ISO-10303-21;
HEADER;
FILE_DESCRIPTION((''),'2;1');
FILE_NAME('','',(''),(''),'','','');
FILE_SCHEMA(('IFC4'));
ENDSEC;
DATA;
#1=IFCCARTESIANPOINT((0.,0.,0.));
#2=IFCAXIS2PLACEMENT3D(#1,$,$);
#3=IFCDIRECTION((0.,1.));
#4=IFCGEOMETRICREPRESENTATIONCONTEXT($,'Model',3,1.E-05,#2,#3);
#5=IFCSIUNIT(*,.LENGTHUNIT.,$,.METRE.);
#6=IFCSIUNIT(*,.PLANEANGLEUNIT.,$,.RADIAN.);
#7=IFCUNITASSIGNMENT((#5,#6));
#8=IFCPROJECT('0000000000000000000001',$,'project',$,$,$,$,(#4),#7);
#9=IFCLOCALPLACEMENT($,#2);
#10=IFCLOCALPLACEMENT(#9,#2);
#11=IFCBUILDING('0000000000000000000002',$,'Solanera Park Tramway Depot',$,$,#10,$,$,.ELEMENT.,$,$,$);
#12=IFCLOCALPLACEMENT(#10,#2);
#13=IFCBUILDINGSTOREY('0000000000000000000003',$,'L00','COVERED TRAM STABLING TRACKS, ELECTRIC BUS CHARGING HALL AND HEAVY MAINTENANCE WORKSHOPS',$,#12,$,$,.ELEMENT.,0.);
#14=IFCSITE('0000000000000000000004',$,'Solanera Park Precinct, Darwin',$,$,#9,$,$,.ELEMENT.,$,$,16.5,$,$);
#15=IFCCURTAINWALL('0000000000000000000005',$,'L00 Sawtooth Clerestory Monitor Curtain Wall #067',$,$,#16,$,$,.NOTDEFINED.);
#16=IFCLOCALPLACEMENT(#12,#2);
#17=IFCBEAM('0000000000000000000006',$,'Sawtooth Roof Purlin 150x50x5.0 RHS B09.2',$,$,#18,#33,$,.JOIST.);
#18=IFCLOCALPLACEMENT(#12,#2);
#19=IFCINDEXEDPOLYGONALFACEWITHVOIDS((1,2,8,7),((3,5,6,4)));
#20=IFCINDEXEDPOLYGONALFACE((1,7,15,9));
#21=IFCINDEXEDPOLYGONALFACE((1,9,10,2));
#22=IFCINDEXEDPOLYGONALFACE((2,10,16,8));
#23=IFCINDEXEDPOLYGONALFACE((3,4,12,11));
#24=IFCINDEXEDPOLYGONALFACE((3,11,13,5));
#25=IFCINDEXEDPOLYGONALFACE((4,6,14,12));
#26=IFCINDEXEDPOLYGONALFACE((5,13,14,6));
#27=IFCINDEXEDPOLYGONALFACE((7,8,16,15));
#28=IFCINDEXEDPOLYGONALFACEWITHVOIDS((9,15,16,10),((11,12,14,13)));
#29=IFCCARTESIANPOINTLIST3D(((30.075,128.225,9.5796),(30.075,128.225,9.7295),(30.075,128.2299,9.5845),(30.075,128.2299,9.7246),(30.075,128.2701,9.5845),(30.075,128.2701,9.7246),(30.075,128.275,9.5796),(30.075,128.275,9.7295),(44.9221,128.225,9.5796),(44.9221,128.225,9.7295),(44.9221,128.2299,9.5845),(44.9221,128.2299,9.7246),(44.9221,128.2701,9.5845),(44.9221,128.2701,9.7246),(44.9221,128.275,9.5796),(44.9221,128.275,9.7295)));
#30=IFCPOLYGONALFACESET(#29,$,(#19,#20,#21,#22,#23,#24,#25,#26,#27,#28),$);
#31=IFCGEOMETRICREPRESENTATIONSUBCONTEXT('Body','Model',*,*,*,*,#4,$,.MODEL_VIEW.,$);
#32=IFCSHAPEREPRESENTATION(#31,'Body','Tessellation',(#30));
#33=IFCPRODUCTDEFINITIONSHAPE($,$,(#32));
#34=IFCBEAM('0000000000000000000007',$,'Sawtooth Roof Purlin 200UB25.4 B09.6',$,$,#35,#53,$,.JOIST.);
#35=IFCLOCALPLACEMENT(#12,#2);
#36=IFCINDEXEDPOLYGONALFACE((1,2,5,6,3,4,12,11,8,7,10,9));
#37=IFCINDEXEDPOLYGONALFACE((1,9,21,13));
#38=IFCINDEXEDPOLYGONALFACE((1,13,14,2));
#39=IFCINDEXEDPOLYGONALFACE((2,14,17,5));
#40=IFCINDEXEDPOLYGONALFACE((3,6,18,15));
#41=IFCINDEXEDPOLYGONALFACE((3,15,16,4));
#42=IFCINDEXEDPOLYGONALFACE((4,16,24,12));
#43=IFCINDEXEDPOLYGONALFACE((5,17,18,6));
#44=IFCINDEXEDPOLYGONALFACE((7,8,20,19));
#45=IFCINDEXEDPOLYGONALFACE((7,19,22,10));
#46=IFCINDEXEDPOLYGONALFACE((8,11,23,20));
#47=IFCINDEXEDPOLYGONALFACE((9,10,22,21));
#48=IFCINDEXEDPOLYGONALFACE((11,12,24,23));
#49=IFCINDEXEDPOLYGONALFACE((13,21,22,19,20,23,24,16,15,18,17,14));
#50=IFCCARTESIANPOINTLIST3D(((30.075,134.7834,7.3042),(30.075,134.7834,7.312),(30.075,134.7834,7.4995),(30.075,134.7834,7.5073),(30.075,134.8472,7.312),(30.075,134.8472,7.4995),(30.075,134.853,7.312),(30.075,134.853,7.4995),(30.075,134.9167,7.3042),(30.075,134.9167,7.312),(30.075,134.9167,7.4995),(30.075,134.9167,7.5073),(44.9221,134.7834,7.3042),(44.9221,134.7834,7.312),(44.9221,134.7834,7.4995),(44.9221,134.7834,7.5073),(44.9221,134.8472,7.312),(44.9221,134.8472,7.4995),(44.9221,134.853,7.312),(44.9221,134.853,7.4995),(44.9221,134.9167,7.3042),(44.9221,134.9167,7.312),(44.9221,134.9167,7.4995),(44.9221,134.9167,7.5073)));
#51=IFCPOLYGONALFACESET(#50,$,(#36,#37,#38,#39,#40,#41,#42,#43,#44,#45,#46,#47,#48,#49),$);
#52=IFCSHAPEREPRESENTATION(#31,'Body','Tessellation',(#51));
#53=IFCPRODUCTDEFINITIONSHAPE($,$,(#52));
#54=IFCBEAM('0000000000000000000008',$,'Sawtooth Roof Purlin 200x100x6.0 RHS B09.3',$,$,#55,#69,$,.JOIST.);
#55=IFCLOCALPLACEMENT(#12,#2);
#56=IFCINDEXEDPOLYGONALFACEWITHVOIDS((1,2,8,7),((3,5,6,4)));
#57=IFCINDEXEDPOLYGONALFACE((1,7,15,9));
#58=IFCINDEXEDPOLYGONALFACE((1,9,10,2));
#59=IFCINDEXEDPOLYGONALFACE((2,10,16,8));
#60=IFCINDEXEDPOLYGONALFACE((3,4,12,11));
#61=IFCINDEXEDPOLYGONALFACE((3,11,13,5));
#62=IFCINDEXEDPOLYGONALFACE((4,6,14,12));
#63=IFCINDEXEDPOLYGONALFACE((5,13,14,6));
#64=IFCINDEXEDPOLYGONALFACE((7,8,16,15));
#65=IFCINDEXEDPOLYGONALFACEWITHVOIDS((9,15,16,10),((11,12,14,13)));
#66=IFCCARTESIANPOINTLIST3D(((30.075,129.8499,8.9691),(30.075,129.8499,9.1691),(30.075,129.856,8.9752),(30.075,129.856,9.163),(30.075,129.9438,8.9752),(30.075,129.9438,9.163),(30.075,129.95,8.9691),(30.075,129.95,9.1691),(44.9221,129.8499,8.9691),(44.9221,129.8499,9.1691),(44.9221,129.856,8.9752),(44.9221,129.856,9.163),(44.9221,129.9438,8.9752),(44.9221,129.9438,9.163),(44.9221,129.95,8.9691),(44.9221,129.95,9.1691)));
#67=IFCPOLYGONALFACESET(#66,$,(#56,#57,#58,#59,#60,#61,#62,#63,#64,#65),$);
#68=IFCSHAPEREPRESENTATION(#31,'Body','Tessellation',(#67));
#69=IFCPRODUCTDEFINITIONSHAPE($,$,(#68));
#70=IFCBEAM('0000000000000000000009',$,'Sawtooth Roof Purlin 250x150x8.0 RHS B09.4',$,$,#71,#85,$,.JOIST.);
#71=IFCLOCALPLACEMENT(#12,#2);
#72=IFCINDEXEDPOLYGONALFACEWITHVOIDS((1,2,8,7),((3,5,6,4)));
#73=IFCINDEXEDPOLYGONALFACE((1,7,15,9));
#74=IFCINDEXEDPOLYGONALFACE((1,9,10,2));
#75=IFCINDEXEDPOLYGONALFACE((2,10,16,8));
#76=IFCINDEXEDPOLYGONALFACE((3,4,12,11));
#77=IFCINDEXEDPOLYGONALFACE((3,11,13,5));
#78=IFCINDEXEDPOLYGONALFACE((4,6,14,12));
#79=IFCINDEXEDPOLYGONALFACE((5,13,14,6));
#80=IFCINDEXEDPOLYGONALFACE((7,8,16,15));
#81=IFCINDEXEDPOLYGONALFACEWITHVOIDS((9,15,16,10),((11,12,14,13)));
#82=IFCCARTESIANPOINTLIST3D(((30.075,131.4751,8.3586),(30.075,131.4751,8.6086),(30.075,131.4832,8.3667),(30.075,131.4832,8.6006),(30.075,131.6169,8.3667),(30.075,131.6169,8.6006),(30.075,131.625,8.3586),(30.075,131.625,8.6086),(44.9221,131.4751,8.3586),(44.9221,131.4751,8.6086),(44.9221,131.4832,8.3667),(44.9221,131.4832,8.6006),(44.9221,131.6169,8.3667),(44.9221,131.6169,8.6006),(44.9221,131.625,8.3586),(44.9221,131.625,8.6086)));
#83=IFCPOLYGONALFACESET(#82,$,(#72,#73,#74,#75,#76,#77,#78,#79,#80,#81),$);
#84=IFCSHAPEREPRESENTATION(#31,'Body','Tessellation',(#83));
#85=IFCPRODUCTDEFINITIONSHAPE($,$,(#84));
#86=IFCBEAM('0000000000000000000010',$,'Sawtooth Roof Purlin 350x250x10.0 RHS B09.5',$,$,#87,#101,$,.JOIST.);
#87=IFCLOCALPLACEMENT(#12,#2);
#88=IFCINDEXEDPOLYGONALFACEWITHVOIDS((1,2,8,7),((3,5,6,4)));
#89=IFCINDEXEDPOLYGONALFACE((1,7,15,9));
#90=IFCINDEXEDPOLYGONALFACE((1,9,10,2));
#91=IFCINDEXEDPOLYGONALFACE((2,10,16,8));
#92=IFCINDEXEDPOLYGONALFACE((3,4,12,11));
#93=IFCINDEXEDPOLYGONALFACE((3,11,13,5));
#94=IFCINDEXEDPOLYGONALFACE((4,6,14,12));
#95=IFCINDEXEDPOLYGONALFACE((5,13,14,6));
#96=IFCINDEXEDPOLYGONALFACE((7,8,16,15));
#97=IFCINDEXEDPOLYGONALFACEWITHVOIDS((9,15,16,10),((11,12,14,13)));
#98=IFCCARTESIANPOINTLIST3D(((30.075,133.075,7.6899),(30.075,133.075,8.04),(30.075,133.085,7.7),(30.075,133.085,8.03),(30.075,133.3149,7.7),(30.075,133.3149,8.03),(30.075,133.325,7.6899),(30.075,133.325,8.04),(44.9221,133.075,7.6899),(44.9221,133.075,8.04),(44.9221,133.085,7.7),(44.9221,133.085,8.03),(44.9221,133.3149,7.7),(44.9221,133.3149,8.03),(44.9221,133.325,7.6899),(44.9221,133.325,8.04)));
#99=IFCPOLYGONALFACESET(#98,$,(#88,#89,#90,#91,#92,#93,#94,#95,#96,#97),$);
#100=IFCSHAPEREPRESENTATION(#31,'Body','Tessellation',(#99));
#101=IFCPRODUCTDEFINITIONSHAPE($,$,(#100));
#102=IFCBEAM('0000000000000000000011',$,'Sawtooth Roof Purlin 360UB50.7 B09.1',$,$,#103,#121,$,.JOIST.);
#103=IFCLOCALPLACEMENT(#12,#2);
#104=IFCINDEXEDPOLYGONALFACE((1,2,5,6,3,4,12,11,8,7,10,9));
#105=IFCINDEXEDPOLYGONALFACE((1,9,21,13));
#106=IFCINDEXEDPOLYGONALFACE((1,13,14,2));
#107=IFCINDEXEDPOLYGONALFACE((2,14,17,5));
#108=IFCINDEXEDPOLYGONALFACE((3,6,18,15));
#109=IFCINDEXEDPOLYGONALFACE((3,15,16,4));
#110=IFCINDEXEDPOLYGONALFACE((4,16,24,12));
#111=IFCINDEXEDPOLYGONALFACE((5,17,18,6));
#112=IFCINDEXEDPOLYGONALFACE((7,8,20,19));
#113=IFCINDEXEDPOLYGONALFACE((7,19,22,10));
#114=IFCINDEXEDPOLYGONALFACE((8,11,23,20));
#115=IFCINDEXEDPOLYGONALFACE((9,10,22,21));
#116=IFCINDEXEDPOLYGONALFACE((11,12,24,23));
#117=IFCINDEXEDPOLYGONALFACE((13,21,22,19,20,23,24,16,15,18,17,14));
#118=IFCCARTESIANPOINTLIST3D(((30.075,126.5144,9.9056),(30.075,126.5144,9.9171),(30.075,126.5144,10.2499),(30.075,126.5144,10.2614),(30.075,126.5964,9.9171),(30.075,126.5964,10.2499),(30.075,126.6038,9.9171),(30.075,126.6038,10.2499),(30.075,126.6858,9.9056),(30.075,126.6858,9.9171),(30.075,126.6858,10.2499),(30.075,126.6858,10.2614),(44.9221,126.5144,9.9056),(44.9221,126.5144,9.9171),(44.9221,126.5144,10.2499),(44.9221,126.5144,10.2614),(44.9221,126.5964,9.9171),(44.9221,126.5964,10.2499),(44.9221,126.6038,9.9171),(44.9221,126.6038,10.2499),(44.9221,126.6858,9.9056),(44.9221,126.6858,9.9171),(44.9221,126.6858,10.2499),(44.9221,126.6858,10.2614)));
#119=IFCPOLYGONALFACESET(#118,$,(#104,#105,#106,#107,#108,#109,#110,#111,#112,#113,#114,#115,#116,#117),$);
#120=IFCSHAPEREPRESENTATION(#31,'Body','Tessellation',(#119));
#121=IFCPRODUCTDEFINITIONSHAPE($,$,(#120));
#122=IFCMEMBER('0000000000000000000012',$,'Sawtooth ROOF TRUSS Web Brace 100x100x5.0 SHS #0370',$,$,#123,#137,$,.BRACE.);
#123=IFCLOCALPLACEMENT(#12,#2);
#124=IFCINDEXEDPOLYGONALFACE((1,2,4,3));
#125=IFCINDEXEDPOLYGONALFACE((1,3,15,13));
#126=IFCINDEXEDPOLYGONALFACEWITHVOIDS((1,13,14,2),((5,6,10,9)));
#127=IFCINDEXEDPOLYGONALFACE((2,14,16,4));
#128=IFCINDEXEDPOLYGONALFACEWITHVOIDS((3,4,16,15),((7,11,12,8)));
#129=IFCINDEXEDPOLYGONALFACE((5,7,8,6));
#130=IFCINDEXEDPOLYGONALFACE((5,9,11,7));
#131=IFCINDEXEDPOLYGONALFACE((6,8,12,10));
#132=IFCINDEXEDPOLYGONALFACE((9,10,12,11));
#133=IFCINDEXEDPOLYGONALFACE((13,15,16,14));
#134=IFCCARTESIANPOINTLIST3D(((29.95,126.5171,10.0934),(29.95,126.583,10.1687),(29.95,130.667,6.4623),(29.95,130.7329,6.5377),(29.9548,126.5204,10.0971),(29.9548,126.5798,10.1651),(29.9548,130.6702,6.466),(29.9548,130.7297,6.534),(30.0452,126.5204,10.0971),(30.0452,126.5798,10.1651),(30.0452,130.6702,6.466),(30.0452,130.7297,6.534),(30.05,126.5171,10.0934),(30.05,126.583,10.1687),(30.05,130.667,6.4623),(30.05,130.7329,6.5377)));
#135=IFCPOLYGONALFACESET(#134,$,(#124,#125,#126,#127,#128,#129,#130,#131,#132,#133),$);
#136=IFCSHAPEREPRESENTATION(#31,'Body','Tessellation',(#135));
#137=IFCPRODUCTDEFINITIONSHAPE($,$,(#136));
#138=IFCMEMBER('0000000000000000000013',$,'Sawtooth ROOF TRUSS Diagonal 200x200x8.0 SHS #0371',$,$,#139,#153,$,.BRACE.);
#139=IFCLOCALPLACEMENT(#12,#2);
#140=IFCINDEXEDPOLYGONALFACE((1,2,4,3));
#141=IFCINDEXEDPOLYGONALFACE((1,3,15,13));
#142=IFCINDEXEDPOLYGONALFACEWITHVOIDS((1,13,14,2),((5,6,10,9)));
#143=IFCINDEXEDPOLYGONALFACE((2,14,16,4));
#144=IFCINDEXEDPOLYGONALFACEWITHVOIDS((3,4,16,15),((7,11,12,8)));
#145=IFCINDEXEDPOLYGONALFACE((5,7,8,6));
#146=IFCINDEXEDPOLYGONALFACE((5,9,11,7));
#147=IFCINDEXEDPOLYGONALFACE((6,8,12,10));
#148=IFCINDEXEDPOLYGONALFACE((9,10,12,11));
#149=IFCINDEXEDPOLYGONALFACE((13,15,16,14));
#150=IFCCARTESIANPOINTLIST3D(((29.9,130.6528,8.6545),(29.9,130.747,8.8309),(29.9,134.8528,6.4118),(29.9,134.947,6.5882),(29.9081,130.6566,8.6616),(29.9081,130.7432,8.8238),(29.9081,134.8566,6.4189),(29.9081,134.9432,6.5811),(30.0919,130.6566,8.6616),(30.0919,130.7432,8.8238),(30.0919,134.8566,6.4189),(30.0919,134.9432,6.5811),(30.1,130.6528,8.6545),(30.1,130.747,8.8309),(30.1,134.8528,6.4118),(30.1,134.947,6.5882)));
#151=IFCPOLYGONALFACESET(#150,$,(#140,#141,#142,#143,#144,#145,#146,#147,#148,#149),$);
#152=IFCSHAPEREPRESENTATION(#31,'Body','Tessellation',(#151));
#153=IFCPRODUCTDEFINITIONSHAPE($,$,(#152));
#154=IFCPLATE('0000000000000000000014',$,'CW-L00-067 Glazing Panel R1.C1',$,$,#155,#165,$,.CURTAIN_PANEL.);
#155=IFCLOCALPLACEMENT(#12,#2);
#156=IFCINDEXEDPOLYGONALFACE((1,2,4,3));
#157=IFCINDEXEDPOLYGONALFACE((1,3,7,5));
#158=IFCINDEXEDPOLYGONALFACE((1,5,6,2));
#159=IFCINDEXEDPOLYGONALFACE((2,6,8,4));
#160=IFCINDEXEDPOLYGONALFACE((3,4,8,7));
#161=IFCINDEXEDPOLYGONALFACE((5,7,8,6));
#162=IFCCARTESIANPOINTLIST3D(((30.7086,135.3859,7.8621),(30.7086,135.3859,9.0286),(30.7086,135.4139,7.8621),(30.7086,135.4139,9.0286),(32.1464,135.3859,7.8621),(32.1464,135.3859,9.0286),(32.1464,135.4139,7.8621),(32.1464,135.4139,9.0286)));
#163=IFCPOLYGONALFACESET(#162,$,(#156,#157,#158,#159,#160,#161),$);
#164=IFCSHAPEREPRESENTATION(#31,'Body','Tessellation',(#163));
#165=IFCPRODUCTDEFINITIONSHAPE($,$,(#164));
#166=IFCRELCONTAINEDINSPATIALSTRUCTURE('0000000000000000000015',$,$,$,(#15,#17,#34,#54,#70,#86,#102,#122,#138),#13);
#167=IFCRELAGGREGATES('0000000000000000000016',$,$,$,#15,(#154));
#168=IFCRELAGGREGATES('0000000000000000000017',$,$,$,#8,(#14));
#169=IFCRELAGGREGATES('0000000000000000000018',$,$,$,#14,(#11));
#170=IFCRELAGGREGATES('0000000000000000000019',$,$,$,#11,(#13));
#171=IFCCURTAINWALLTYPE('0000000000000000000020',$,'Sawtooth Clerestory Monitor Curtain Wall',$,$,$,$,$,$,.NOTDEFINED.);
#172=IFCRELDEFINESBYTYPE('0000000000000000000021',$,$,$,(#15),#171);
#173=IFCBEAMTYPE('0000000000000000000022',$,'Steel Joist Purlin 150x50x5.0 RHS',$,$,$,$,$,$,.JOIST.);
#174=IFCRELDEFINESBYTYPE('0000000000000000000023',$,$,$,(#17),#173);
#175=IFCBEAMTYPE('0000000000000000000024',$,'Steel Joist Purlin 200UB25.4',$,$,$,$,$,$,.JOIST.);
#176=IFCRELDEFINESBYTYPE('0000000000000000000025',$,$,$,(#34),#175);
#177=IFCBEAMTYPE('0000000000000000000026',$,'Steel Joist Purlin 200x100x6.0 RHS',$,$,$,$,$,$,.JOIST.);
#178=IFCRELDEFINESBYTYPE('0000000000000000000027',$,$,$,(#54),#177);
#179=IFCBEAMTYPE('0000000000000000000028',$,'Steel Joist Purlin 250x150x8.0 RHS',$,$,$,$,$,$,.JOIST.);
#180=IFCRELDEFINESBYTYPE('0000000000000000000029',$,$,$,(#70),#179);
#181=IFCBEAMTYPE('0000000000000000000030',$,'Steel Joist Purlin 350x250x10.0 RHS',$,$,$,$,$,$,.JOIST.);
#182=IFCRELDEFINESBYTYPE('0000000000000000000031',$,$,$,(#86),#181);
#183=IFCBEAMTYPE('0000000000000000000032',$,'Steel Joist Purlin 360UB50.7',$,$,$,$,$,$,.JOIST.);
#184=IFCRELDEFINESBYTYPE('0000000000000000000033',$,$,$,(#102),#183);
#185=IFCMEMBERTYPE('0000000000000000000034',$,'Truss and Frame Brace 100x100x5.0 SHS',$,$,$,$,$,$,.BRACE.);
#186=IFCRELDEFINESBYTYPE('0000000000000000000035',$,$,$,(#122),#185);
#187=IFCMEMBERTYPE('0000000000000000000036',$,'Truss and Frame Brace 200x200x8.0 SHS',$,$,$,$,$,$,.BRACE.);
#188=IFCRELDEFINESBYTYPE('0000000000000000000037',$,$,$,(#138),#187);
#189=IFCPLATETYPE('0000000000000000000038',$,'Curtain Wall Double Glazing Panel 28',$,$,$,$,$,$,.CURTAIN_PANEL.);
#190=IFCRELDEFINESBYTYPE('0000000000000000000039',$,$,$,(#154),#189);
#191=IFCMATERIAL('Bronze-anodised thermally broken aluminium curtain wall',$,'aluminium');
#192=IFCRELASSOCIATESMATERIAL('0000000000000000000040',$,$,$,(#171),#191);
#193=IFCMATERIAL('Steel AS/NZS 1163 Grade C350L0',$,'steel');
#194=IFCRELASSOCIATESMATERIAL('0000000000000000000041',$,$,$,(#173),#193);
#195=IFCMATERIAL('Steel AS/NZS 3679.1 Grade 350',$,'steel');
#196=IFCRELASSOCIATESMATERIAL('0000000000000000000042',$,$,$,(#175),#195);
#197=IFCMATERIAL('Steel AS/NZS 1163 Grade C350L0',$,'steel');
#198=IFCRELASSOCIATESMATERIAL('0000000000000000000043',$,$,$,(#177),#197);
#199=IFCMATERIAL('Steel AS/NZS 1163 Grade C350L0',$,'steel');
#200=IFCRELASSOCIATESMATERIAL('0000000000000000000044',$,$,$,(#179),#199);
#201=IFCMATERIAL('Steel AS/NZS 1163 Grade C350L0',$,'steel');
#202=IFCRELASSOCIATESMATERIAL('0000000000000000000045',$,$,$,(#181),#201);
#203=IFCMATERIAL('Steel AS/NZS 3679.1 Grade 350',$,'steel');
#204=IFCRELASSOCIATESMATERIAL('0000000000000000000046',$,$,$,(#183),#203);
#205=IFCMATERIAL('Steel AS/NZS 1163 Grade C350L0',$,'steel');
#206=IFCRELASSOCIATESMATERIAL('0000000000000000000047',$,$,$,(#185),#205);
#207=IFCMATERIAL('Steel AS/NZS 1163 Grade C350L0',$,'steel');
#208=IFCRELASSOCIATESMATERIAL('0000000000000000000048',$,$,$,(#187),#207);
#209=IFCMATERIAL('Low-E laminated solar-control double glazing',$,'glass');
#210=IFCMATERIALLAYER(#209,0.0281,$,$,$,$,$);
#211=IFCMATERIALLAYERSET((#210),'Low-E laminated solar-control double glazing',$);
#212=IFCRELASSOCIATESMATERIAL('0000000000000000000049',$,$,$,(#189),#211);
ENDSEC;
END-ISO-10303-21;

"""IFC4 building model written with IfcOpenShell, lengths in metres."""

from ifc_helpers import new_model, si_unit, direction, frame, origin, origin_2d, place, context, subcontext, project, spatial, rectangle, hollow_rectangle, i_section, extrude, material, layer, layer_set, material_profile, profile_set, type_object, element, aggregate, save


model = new_model("IFC4")

# Units and contexts
model_context = context("Model", 3, precision=1e-05, world=origin(), true_north=direction((0.0, 1.0)))
body_context = subcontext(model_context, "Body", "Model", "MODEL_VIEW")
ifc_project = project(units=[si_unit("LENGTHUNIT", "METRE"), si_unit("PLANEANGLEUNIT", "RADIAN")], contexts=[model_context])

# Site, building, storey
site_placement = place(None, origin())
site = spatial("IfcSite", under=ifc_project, at=site_placement, Name="Solanera Park Precinct, Darwin", CompositionType="ELEMENT", RefElevation=16.5)
building_placement = place(site_placement, origin())
building = spatial("IfcBuilding", under=site, at=building_placement, Name="Solanera Park Tramway Depot", CompositionType="ELEMENT")
storey_placement = place(building_placement, origin())
storey = spatial("IfcBuildingStorey", under=building, at=storey_placement, Name="L00", Description="COVERED TRAM STABLING TRACKS, ELECTRIC BUS CHARGING HALL AND HEAVY MAINTENANCE WORKSHOPS", CompositionType="ELEMENT", Elevation=0.0)

# Curtain wall
ifc_material_1 = material(Name="Bronze-anodised thermally broken aluminium curtain wall", Category="aluminium")
curtain_wall_type = type_object("IfcCurtainWallType", Name="Sawtooth Clerestory Monitor Curtain Wall", PredefinedType="NOTDEFINED", material=ifc_material_1)
curtain_wall_placement = place(storey_placement, origin())
curtain_wall = element("IfcCurtainWall", 1, at=curtain_wall_placement, inside=storey, type_object=curtain_wall_type, Name="L00 Sawtooth Clerestory Monitor Curtain Wall #067", PredefinedType="NOTDEFINED")

# Beams
ifc_material_2 = material(Name="Steel AS/NZS 1163 Grade C350L0", Category="steel")
ifc_material_profile_1 = material_profile(ifc_material_2, hollow_rectangle(XDim=0.05, YDim=0.1499, WallThickness=0.0049, at=origin_2d()), Name="150x50x5.0 RHS")
ifc_profile_set_1 = profile_set([ifc_material_profile_1], Name="Steel AS/NZS 1163 Grade C350L0")
beam_type_1 = type_object("IfcBeamType", Name="Steel Joist Purlin 150x50x5.0 RHS", PredefinedType="JOIST", material=ifc_profile_set_1)
beam_1_placement = place(storey_placement, frame((30.075, 128.25, 9.6545), z_axis=(1.0, 0.0, 0.0), x_axis=(0.0, 1.0, 0.0)))
element("IfcBeam", 2, at=beam_1_placement, inside=storey, type_object=beam_type_1, Name="Sawtooth Roof Purlin 150x50x5.0 RHS B09.2", PredefinedType="JOIST", context=body_context, shape_type="SweptSolid", body=[
    extrude(hollow_rectangle(XDim=0.05, YDim=0.1499, WallThickness=0.0049, at=origin_2d()), origin(), (0.0, 0.0, 1.0), 14.8472),
])
ifc_material_3 = material(Name="Steel AS/NZS 3679.1 Grade 350", Category="steel")
ifc_material_profile_2 = material_profile(ifc_material_3, i_section(OverallWidth=0.1333, OverallDepth=0.2031, WebThickness=0.0059, FlangeThickness=0.0078, at=origin_2d()), Name="200UB25.4")
ifc_profile_set_2 = profile_set([ifc_material_profile_2], Name="Steel AS/NZS 3679.1 Grade 350")
beam_type_2 = type_object("IfcBeamType", Name="Steel Joist Purlin 200UB25.4", PredefinedType="JOIST", material=ifc_profile_set_2)
beam_2_placement = place(storey_placement, frame((30.075, 134.8501, 7.4058), z_axis=(1.0, 0.0, 0.0), x_axis=(0.0, 1.0, 0.0)))
element("IfcBeam", 3, at=beam_2_placement, inside=storey, type_object=beam_type_2, Name="Sawtooth Roof Purlin 200UB25.4 B09.6", PredefinedType="JOIST", context=body_context, shape_type="SweptSolid", body=[
    extrude(i_section(OverallWidth=0.1333, OverallDepth=0.2031, WebThickness=0.0059, FlangeThickness=0.0078, at=origin_2d()), origin(), (0.0, 0.0, 1.0), 14.8472),
])
ifc_material_4 = material(Name="Steel AS/NZS 1163 Grade C350L0", Category="steel")
ifc_material_profile_3 = material_profile(ifc_material_4, hollow_rectangle(XDim=0.1001, YDim=0.2, WallThickness=0.0061, at=origin_2d()), Name="200x100x6.0 RHS")
ifc_profile_set_3 = profile_set([ifc_material_profile_3], Name="Steel AS/NZS 1163 Grade C350L0")
beam_type_3 = type_object("IfcBeamType", Name="Steel Joist Purlin 200x100x6.0 RHS", PredefinedType="JOIST", material=ifc_profile_set_3)
beam_3_placement = place(storey_placement, frame((30.075, 129.8999, 9.0691), z_axis=(1.0, 0.0, 0.0), x_axis=(0.0, 1.0, 0.0)))
element("IfcBeam", 4, at=beam_3_placement, inside=storey, type_object=beam_type_3, Name="Sawtooth Roof Purlin 200x100x6.0 RHS B09.3", PredefinedType="JOIST", context=body_context, shape_type="SweptSolid", body=[
    extrude(hollow_rectangle(XDim=0.1001, YDim=0.2, WallThickness=0.0061, at=origin_2d()), origin(), (0.0, 0.0, 1.0), 14.8472),
])
ifc_material_5 = material(Name="Steel AS/NZS 1163 Grade C350L0", Category="steel")
ifc_material_profile_4 = material_profile(ifc_material_5, hollow_rectangle(XDim=0.1499, YDim=0.25, WallThickness=0.0081, at=origin_2d()), Name="250x150x8.0 RHS")
ifc_profile_set_4 = profile_set([ifc_material_profile_4], Name="Steel AS/NZS 1163 Grade C350L0")
beam_type_4 = type_object("IfcBeamType", Name="Steel Joist Purlin 250x150x8.0 RHS", PredefinedType="JOIST", material=ifc_profile_set_4)
beam_4_placement = place(storey_placement, frame((30.075, 131.55, 8.4836), z_axis=(1.0, 0.0, 0.0), x_axis=(0.0, 1.0, 0.0)))
element("IfcBeam", 5, at=beam_4_placement, inside=storey, type_object=beam_type_4, Name="Sawtooth Roof Purlin 250x150x8.0 RHS B09.4", PredefinedType="JOIST", context=body_context, shape_type="SweptSolid", body=[
    extrude(hollow_rectangle(XDim=0.1499, YDim=0.25, WallThickness=0.0081, at=origin_2d()), origin(), (0.0, 0.0, 1.0), 14.8472),
])
ifc_material_6 = material(Name="Steel AS/NZS 1163 Grade C350L0", Category="steel")
ifc_material_profile_5 = material_profile(ifc_material_6, hollow_rectangle(XDim=0.25, YDim=0.3501, WallThickness=0.01, at=origin_2d()), Name="350x250x10.0 RHS")
ifc_profile_set_5 = profile_set([ifc_material_profile_5], Name="Steel AS/NZS 1163 Grade C350L0")
beam_type_5 = type_object("IfcBeamType", Name="Steel Joist Purlin 350x250x10.0 RHS", PredefinedType="JOIST", material=ifc_profile_set_5)
beam_5_placement = place(storey_placement, frame((30.075, 133.2, 7.865), z_axis=(1.0, 0.0, 0.0), x_axis=(0.0, 1.0, 0.0)))
element("IfcBeam", 6, at=beam_5_placement, inside=storey, type_object=beam_type_5, Name="Sawtooth Roof Purlin 350x250x10.0 RHS B09.5", PredefinedType="JOIST", context=body_context, shape_type="SweptSolid", body=[
    extrude(hollow_rectangle(XDim=0.25, YDim=0.3501, WallThickness=0.01, at=origin_2d()), origin(), (0.0, 0.0, 1.0), 14.8472),
])
ifc_material_7 = material(Name="Steel AS/NZS 3679.1 Grade 350", Category="steel")
ifc_material_profile_6 = material_profile(ifc_material_7, i_section(OverallWidth=0.1714, OverallDepth=0.3557, WebThickness=0.0073, FlangeThickness=0.0115, at=origin_2d()), Name="360UB50.7")
ifc_profile_set_6 = profile_set([ifc_material_profile_6], Name="Steel AS/NZS 3679.1 Grade 350")
beam_type_6 = type_object("IfcBeamType", Name="Steel Joist Purlin 360UB50.7", PredefinedType="JOIST", material=ifc_profile_set_6)
beam_6_placement = place(storey_placement, frame((30.075, 126.6001, 10.0835), z_axis=(1.0, 0.0, 0.0), x_axis=(0.0, 1.0, 0.0)))
element("IfcBeam", 7, at=beam_6_placement, inside=storey, type_object=beam_type_6, Name="Sawtooth Roof Purlin 360UB50.7 B09.1", PredefinedType="JOIST", context=body_context, shape_type="SweptSolid", body=[
    extrude(i_section(OverallWidth=0.1714, OverallDepth=0.3557, WebThickness=0.0073, FlangeThickness=0.0115, at=origin_2d()), origin(), (0.0, 0.0, 1.0), 14.8472),
])

# Members
ifc_material_8 = material(Name="Steel AS/NZS 1163 Grade C350L0", Category="steel")
ifc_material_profile_7 = material_profile(ifc_material_8, hollow_rectangle(XDim=0.1001, YDim=0.1001, WallThickness=0.0049, at=origin_2d()), Name="100x100x5.0 SHS")
ifc_profile_set_7 = profile_set([ifc_material_profile_7], Name="Steel AS/NZS 1163 Grade C350L0")
member_type_1 = type_object("IfcMemberType", Name="Truss and Frame Brace 100x100x5.0 SHS", PredefinedType="BRACE", material=ifc_profile_set_7)
member_1_placement = place(storey_placement, frame((30.0, 130.7, 6.5), z_axis=(0.0, -0.752582, 0.658498), x_axis=(1.0, 0.0, 0.0)))
element("IfcMember", 8, at=member_1_placement, inside=storey, type_object=member_type_1, Name="Sawtooth ROOF TRUSS Web Brace 100x100x5.0 SHS #0370", PredefinedType="BRACE", context=body_context, shape_type="SweptSolid", body=[
    extrude(hollow_rectangle(XDim=0.1001, YDim=0.1001, WallThickness=0.0049, at=origin_2d()), origin(), (0.0, 0.0, 1.0), 5.5142),
])
ifc_material_9 = material(Name="Steel AS/NZS 1163 Grade C350L0", Category="steel")
ifc_material_profile_8 = material_profile(ifc_material_9, hollow_rectangle(XDim=0.2, YDim=0.2, WallThickness=0.0081, at=origin_2d()), Name="200x200x8.0 SHS")
ifc_profile_set_8 = profile_set([ifc_material_profile_8], Name="Steel AS/NZS 1163 Grade C350L0")
member_type_2 = type_object("IfcMemberType", Name="Truss and Frame Brace 200x200x8.0 SHS", PredefinedType="BRACE", material=ifc_profile_set_8)
member_2_placement = place(storey_placement, frame((30.0, 134.8999, 6.5), z_axis=(0.0, -0.882117, 0.47103), x_axis=(1.0, 0.0, 0.0)))
element("IfcMember", 9, at=member_2_placement, inside=storey, type_object=member_type_2, Name="Sawtooth ROOF TRUSS Diagonal 200x200x8.0 SHS #0371", PredefinedType="BRACE", context=body_context, shape_type="SweptSolid", body=[
    extrude(hollow_rectangle(XDim=0.2, YDim=0.2, WallThickness=0.0081, at=origin_2d()), origin(), (0.0, 0.0, 1.0), 4.7612),
])

# Plate
ifc_material_10 = material(Name="Low-E laminated solar-control double glazing", Category="glass")
ifc_layer_1 = layer(ifc_material_10, 0.0281)
ifc_layer_set_1 = layer_set([ifc_layer_1], Name="Low-E laminated solar-control double glazing")
plate_type_1 = type_object("IfcPlateType", Name="Curtain Wall Double Glazing Panel 28", PredefinedType="CURTAIN_PANEL", material=ifc_layer_set_1)
plate_1_placement = place(storey_placement, frame((31.4275, 135.3999, 7.8621), z_axis=(0.0, 0.0, 1.0), x_axis=(1.0, 0.0, 0.0)))
plate_1 = element("IfcPlate", 10, at=plate_1_placement, type_object=plate_type_1, Name="CW-L00-067 Glazing Panel R1.C1", PredefinedType="CURTAIN_PANEL", context=body_context, shape_type="SweptSolid", body=[
    extrude(rectangle(XDim=1.4377, YDim=0.0281, at=origin_2d()), origin(), (0.0, 0.0, 1.0), 1.1665),
])
aggregate(curtain_wall, [plate_1])

save(model, "model.ifc")
